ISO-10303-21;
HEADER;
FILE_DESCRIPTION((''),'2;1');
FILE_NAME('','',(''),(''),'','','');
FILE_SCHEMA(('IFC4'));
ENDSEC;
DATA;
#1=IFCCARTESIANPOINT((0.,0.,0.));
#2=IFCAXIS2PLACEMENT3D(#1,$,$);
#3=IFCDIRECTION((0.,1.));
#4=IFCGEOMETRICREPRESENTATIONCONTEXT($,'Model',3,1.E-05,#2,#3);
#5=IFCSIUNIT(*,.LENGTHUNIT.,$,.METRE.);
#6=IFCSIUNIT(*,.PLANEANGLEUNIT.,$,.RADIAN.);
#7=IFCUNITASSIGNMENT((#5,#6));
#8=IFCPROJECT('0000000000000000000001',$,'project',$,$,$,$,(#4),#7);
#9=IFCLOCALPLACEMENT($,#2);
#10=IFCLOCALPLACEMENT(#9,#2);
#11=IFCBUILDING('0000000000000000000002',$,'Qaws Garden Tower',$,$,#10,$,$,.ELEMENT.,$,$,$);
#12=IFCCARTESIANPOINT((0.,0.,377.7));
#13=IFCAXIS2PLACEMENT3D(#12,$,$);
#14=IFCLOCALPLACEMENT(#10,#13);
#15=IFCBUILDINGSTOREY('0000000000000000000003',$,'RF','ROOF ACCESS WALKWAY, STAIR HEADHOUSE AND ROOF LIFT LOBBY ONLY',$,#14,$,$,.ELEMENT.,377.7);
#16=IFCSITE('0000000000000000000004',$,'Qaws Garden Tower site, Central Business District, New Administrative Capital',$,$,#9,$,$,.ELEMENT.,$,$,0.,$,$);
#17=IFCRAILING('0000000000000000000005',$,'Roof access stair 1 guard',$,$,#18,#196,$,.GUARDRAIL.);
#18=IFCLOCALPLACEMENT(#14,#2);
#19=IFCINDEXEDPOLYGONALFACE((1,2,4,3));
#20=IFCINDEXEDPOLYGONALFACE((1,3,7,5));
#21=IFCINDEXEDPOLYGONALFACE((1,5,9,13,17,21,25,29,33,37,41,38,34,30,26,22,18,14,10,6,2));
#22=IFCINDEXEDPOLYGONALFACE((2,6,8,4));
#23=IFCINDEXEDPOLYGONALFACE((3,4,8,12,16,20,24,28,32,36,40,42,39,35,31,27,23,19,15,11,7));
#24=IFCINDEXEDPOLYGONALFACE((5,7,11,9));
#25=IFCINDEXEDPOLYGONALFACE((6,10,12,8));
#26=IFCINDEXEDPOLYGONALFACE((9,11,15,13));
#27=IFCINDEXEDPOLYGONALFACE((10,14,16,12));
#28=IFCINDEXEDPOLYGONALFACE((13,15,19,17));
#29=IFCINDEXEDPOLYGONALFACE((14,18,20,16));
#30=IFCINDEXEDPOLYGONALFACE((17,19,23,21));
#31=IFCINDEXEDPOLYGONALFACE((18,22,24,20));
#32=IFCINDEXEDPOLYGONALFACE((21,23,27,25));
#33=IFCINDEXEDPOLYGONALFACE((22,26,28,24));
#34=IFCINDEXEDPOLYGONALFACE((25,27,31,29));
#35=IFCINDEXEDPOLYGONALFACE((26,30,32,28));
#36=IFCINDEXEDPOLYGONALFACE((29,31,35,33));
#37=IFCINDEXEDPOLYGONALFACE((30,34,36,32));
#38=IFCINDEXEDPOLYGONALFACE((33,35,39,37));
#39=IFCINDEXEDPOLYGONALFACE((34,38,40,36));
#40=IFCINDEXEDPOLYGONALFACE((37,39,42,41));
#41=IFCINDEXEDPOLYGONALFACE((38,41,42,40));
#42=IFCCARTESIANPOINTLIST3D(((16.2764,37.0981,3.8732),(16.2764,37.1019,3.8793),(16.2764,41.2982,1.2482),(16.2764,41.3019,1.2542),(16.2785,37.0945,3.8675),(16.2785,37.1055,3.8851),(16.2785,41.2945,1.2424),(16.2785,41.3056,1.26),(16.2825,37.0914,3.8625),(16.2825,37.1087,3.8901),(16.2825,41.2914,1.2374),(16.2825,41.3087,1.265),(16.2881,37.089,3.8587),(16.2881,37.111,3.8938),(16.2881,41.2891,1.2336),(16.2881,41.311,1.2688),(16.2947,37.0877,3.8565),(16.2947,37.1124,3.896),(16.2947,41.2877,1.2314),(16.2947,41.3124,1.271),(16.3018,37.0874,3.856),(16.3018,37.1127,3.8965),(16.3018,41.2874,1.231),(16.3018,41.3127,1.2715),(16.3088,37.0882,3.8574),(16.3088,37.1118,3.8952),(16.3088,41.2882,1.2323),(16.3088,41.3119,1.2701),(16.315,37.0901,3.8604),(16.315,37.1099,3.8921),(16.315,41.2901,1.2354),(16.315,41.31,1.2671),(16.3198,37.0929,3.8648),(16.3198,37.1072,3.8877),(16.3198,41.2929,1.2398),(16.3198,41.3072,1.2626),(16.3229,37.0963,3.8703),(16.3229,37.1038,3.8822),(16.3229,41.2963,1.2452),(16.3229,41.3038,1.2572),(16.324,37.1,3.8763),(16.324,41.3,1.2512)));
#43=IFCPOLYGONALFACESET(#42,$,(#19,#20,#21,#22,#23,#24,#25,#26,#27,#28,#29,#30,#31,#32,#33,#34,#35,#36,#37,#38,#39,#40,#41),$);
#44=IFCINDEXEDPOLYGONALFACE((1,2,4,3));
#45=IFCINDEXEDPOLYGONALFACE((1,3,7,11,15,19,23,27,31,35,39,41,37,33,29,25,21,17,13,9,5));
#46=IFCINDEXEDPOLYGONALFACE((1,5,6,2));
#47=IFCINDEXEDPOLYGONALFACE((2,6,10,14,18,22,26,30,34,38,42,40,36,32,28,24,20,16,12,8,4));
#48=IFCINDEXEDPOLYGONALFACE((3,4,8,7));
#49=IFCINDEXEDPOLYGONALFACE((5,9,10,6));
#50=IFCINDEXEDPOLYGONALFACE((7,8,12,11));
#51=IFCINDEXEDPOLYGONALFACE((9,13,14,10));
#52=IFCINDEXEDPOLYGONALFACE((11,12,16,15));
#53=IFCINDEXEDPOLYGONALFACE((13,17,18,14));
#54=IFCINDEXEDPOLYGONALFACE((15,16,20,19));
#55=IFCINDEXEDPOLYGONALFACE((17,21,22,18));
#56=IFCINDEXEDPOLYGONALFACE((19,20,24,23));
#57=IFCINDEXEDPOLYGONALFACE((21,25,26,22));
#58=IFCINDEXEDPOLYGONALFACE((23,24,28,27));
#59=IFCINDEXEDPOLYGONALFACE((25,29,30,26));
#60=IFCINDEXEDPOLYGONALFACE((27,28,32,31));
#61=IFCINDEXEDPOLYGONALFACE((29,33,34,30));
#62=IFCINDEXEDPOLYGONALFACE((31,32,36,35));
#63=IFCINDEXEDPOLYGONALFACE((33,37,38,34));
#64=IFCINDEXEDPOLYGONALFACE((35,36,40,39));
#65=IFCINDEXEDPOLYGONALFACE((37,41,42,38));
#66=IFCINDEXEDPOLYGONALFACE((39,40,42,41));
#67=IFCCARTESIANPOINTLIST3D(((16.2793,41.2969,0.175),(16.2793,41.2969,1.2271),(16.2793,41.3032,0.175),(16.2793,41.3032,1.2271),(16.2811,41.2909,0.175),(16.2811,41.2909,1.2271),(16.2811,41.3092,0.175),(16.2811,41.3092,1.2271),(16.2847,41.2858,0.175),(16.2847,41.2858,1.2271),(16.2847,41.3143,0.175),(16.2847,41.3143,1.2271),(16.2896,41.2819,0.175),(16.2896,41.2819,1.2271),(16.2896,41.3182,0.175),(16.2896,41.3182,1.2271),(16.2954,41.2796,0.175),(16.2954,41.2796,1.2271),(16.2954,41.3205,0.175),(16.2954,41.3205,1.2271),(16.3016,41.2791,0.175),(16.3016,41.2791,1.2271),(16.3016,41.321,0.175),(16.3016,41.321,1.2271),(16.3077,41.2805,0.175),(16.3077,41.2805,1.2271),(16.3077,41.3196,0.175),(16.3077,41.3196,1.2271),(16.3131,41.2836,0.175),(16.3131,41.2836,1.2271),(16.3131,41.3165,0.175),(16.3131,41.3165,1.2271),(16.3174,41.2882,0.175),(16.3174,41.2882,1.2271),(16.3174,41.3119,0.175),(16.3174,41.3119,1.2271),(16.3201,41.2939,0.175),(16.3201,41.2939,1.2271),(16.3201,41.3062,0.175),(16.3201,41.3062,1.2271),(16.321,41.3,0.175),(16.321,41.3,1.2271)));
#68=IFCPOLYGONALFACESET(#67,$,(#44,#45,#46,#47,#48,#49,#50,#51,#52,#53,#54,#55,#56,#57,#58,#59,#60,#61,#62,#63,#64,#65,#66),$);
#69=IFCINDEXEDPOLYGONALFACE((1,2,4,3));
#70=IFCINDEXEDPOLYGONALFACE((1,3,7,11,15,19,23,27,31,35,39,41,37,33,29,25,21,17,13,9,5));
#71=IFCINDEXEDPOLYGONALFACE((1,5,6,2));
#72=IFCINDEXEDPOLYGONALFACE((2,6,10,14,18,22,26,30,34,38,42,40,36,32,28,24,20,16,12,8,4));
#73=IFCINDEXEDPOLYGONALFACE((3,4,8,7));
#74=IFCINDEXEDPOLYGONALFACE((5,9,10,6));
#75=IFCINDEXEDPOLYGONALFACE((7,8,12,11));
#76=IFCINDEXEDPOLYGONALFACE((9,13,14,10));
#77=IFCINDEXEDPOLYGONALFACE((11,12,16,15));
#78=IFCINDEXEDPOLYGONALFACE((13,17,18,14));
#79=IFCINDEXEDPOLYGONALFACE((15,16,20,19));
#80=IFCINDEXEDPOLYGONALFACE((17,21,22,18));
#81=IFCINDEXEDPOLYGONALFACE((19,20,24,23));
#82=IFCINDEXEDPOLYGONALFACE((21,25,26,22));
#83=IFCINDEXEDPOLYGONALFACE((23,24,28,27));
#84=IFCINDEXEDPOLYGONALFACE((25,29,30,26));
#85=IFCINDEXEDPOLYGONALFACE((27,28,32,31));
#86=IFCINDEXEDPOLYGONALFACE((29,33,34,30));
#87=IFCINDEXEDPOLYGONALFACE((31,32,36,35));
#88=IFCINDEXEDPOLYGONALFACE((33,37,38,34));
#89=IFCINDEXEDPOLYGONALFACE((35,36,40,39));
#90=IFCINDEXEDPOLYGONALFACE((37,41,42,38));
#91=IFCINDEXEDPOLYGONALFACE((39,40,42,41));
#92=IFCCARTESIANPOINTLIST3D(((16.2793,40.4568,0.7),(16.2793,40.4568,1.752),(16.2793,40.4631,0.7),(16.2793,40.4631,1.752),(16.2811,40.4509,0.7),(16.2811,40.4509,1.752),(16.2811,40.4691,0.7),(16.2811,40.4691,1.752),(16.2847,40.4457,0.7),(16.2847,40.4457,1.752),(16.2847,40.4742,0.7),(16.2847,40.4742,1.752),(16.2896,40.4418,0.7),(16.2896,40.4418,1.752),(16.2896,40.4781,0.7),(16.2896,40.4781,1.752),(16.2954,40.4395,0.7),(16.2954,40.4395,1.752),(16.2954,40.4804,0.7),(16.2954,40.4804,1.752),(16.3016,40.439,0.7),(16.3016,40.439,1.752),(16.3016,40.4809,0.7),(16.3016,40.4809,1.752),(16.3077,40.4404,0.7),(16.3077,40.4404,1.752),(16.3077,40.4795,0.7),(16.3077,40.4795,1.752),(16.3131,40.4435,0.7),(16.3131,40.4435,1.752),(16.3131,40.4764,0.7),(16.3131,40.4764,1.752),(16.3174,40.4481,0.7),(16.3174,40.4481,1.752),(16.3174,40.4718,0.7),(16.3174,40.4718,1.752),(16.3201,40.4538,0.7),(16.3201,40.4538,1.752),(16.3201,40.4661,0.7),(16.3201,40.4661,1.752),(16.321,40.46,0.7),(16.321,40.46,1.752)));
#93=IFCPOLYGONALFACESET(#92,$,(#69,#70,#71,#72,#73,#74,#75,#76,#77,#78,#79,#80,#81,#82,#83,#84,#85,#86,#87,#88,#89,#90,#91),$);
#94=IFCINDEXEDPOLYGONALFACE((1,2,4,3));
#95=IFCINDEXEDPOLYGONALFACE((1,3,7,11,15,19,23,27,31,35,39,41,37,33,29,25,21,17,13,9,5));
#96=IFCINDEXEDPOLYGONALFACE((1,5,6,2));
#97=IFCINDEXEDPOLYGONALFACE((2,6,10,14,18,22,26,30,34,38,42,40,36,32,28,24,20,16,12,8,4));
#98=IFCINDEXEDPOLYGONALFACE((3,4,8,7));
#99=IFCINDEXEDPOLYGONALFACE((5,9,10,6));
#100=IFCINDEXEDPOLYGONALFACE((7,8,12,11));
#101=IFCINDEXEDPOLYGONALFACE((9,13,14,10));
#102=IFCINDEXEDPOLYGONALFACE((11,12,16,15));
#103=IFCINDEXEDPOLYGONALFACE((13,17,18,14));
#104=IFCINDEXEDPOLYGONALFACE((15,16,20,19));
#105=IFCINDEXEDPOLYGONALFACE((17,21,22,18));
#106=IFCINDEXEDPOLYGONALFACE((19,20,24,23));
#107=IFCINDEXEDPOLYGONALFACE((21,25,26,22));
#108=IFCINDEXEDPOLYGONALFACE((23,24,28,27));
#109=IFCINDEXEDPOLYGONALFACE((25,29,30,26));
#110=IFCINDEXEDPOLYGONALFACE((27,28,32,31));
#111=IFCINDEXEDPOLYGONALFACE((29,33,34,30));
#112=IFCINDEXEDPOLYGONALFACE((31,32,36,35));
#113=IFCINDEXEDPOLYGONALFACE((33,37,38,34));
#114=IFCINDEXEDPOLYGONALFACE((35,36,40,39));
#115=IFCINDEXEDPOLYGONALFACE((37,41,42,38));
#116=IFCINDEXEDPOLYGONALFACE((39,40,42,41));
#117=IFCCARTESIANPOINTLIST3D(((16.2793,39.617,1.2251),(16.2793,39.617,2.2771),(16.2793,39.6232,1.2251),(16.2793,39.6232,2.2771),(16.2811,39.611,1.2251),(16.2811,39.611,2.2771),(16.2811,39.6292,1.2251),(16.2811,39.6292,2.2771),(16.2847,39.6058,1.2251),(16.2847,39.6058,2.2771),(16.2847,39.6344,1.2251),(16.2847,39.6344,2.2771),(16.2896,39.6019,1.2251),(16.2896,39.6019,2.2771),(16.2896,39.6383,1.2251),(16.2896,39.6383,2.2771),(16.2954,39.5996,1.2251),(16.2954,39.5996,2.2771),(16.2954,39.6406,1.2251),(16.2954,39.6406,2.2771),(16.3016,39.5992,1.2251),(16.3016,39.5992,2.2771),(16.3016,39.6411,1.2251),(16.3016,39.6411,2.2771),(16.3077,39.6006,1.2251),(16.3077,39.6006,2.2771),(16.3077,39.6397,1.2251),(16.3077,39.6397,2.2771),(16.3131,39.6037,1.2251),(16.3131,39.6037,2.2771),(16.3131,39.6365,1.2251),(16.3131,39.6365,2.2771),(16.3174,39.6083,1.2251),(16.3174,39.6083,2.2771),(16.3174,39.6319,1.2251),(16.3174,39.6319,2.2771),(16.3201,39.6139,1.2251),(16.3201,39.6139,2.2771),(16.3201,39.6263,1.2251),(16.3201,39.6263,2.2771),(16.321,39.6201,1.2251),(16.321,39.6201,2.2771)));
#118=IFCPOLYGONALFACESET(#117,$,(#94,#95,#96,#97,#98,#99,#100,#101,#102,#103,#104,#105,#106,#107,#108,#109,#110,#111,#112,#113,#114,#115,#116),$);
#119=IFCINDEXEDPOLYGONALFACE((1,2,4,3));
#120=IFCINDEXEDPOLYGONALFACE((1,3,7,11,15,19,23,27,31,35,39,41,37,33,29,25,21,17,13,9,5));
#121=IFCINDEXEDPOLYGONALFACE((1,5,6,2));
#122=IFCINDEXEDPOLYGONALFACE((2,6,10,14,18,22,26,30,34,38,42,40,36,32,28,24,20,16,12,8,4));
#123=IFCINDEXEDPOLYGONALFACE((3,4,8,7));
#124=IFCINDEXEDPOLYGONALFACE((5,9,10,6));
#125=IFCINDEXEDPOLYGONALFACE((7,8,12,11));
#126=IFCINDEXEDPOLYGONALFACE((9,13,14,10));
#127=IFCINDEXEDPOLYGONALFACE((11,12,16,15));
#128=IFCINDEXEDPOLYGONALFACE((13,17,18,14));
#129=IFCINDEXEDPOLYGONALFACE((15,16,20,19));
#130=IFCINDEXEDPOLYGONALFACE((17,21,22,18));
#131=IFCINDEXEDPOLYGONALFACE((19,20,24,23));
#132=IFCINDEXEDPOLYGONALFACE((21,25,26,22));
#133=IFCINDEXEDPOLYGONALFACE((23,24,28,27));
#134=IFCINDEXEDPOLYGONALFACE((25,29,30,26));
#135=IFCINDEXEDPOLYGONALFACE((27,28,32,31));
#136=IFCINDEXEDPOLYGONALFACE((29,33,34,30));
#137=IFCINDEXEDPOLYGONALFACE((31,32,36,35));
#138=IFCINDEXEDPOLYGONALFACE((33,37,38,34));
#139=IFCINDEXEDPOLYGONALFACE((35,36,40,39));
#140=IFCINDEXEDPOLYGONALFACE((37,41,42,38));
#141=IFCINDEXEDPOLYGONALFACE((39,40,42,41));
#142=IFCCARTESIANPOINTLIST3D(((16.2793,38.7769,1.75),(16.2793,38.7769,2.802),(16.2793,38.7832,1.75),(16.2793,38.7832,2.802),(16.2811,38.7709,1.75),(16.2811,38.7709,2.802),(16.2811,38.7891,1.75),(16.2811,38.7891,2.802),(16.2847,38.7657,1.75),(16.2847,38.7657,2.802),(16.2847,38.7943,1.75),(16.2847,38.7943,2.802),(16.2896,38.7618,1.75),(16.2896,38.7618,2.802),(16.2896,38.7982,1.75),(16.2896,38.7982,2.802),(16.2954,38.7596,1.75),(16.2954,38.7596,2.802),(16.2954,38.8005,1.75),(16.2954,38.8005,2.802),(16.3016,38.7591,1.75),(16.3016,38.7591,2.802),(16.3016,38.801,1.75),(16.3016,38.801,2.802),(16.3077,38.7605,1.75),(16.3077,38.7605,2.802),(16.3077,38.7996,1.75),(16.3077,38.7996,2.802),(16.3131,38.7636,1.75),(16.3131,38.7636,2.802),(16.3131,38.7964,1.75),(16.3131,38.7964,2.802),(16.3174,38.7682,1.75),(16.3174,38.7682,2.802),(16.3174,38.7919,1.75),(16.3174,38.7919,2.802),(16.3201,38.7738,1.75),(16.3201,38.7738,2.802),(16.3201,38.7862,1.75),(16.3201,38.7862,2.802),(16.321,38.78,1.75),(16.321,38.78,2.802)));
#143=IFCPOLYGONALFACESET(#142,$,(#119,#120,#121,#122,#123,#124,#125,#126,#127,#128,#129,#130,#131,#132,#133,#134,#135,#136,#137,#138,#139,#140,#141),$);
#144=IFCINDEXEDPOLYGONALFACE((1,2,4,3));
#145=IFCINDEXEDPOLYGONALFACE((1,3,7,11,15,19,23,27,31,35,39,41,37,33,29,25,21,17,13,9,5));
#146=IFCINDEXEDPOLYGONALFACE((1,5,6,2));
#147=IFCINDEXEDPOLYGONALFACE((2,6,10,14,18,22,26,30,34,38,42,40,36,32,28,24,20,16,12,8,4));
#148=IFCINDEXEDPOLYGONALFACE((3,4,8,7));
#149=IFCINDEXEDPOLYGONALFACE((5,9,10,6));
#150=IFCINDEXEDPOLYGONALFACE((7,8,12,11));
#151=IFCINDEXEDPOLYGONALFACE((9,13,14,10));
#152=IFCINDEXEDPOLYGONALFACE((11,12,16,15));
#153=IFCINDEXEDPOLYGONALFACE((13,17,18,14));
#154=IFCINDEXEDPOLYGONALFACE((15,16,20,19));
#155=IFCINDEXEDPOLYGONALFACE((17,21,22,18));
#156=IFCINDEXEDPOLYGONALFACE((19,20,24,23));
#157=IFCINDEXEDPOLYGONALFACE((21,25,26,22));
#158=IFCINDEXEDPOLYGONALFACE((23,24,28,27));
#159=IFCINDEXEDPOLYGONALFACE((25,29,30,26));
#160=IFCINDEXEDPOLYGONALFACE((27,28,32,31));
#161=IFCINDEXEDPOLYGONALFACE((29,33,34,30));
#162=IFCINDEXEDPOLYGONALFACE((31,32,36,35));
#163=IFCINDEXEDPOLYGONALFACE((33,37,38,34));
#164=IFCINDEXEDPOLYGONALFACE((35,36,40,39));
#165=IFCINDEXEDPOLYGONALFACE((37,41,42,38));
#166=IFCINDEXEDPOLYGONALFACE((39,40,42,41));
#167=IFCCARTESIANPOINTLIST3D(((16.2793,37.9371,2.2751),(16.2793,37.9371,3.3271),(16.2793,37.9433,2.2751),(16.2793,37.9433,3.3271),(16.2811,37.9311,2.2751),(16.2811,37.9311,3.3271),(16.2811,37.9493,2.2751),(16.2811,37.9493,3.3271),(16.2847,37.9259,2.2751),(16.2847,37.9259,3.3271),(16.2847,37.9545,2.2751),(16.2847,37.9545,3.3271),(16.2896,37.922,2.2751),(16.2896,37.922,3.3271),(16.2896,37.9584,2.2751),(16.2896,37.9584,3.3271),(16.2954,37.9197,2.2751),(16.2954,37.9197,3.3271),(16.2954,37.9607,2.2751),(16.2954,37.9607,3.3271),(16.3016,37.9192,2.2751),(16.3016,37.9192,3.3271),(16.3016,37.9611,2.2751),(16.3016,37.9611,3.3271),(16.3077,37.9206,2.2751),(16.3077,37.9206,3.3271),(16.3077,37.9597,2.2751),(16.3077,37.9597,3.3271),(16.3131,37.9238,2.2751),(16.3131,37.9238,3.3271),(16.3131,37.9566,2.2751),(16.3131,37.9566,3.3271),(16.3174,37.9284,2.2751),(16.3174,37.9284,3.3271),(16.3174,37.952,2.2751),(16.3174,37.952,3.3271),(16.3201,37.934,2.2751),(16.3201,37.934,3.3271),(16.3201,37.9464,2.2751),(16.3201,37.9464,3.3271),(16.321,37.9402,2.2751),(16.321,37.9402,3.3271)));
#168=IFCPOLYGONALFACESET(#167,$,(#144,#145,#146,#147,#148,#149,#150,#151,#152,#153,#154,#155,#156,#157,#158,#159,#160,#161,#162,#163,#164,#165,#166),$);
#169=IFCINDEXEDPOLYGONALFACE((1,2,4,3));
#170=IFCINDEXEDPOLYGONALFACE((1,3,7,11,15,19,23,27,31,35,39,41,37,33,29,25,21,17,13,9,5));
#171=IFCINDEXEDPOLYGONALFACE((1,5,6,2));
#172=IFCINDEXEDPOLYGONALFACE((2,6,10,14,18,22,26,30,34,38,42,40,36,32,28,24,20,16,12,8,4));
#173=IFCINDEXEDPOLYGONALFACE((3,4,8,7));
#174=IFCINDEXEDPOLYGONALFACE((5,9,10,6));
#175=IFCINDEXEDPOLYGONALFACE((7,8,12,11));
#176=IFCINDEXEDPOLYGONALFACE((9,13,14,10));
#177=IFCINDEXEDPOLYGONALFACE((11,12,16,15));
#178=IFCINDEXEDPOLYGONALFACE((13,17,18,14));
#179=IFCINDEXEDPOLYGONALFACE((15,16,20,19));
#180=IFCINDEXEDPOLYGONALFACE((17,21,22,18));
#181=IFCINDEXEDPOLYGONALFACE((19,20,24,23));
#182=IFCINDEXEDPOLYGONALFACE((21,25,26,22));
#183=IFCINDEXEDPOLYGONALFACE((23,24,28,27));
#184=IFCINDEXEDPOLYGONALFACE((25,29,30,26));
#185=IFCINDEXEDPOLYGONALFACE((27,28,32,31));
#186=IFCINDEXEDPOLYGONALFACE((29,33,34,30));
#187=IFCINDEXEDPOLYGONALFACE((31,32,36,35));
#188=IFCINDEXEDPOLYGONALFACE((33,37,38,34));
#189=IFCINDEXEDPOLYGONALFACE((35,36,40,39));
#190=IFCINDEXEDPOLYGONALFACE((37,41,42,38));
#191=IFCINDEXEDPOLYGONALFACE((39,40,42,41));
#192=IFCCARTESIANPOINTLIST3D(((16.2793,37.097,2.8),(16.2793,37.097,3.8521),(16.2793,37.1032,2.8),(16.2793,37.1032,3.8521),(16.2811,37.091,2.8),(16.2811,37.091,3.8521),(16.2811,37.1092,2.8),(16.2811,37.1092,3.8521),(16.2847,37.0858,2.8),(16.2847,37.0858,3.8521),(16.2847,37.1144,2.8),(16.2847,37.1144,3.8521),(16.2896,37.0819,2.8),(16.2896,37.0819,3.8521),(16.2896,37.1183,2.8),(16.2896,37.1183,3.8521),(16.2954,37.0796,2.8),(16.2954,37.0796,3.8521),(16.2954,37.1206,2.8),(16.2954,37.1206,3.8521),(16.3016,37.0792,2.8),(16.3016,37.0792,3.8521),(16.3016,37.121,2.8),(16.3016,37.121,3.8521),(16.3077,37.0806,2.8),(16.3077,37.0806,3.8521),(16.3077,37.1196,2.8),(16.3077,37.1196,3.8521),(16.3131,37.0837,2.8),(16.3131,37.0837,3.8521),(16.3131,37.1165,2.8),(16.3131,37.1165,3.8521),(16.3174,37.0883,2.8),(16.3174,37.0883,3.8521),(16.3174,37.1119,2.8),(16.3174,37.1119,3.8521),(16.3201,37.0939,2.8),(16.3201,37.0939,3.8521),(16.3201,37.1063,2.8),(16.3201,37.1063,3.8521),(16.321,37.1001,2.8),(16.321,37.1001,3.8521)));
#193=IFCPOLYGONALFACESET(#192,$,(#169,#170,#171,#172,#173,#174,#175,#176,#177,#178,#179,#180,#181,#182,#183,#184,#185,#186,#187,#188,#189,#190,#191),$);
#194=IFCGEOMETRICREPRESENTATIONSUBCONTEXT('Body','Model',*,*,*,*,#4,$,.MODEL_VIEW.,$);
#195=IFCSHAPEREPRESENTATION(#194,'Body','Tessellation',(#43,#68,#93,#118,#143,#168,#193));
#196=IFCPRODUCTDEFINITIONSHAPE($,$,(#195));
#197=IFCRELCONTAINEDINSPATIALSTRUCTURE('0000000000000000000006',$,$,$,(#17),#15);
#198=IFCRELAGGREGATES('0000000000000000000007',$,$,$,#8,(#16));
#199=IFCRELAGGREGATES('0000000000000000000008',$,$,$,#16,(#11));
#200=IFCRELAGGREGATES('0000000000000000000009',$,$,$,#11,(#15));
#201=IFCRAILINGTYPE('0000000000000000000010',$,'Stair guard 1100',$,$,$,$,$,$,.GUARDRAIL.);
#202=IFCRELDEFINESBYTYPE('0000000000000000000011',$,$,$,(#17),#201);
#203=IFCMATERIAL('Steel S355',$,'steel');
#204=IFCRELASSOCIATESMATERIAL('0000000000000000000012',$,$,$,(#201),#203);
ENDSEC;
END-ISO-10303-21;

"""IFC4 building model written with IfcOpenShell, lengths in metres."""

from ifc_helpers import new_model, si_unit, direction, frame, origin, origin_2d, place, context, subcontext, project, spatial, circle, extrude, material, type_object, element, save


model = new_model("IFC4")

# Units and contexts
model_context = context("Model", 3, precision=1e-05, world=origin(), true_north=direction((0.0, 1.0)))
body_context = subcontext(model_context, "Body", "Model", "MODEL_VIEW")
ifc_project = project(units=[si_unit("LENGTHUNIT", "METRE"), si_unit("PLANEANGLEUNIT", "RADIAN")], contexts=[model_context])

# Site, building, storey
site_placement = place(None, origin())
site = spatial("IfcSite", under=ifc_project, at=site_placement, Name="Qaws Garden Tower site, Central Business District, New Administrative Capital", CompositionType="ELEMENT", RefElevation=0.0)
building_placement = place(site_placement, origin())
building = spatial("IfcBuilding", under=site, at=building_placement, Name="Qaws Garden Tower", CompositionType="ELEMENT")
storey_placement = place(building_placement, frame((0.0, 0.0, 377.7)))
storey = spatial("IfcBuildingStorey", under=building, at=storey_placement, Name="RF", Description="ROOF ACCESS WALKWAY, STAIR HEADHOUSE AND ROOF LIFT LOBBY ONLY", CompositionType="ELEMENT", Elevation=377.7)

# Railing
ifc_material_1 = material(Name="Steel S355", Category="steel")
railing_type_1 = type_object("IfcRailingType", Name="Stair guard 1100", PredefinedType="GUARDRAIL", material=ifc_material_1)
for number, where, name in (
    (1, (16.3, 41.3, 0.175), "Roof access stair 1 guard"),
):
    element("IfcRailing", number, at=place(storey_placement, frame(where)), inside=storey, type_object=railing_type_1, Name=name, PredefinedType="GUARDRAIL", context=body_context, shape_type="SweptSolid", body=[
        extrude(circle(Radius=0.0239, at=origin_2d()), frame((0.0, 0.0, 1.0762), z_axis=(0.0, -0.847996, 0.530003), x_axis=(1.0, 0.0, 0.0)), (0.0, 0.0, 1.0), 4.9529),
        extrude(circle(Radius=0.021, at=origin_2d()), origin(), (0.0, 0.0, 1.0), 1.052),
        extrude(circle(Radius=0.021, at=origin_2d()), frame((0.0, -0.8401, 0.5249)), (0.0, 0.0, 1.0), 1.052),
        extrude(circle(Radius=0.021, at=origin_2d()), frame((0.0, -1.6799, 1.05)), (0.0, 0.0, 1.0), 1.052),
        extrude(circle(Radius=0.021, at=origin_2d()), frame((0.0, -2.52, 1.575)), (0.0, 0.0, 1.0), 1.052),
        extrude(circle(Radius=0.021, at=origin_2d()), frame((0.0, -3.3599, 2.1001)), (0.0, 0.0, 1.0), 1.052),
        extrude(circle(Radius=0.021, at=origin_2d()), frame((0.0, -4.2, 2.625)), (0.0, 0.0, 1.0), 1.052),
    ])

save(model, "model.ifc")
